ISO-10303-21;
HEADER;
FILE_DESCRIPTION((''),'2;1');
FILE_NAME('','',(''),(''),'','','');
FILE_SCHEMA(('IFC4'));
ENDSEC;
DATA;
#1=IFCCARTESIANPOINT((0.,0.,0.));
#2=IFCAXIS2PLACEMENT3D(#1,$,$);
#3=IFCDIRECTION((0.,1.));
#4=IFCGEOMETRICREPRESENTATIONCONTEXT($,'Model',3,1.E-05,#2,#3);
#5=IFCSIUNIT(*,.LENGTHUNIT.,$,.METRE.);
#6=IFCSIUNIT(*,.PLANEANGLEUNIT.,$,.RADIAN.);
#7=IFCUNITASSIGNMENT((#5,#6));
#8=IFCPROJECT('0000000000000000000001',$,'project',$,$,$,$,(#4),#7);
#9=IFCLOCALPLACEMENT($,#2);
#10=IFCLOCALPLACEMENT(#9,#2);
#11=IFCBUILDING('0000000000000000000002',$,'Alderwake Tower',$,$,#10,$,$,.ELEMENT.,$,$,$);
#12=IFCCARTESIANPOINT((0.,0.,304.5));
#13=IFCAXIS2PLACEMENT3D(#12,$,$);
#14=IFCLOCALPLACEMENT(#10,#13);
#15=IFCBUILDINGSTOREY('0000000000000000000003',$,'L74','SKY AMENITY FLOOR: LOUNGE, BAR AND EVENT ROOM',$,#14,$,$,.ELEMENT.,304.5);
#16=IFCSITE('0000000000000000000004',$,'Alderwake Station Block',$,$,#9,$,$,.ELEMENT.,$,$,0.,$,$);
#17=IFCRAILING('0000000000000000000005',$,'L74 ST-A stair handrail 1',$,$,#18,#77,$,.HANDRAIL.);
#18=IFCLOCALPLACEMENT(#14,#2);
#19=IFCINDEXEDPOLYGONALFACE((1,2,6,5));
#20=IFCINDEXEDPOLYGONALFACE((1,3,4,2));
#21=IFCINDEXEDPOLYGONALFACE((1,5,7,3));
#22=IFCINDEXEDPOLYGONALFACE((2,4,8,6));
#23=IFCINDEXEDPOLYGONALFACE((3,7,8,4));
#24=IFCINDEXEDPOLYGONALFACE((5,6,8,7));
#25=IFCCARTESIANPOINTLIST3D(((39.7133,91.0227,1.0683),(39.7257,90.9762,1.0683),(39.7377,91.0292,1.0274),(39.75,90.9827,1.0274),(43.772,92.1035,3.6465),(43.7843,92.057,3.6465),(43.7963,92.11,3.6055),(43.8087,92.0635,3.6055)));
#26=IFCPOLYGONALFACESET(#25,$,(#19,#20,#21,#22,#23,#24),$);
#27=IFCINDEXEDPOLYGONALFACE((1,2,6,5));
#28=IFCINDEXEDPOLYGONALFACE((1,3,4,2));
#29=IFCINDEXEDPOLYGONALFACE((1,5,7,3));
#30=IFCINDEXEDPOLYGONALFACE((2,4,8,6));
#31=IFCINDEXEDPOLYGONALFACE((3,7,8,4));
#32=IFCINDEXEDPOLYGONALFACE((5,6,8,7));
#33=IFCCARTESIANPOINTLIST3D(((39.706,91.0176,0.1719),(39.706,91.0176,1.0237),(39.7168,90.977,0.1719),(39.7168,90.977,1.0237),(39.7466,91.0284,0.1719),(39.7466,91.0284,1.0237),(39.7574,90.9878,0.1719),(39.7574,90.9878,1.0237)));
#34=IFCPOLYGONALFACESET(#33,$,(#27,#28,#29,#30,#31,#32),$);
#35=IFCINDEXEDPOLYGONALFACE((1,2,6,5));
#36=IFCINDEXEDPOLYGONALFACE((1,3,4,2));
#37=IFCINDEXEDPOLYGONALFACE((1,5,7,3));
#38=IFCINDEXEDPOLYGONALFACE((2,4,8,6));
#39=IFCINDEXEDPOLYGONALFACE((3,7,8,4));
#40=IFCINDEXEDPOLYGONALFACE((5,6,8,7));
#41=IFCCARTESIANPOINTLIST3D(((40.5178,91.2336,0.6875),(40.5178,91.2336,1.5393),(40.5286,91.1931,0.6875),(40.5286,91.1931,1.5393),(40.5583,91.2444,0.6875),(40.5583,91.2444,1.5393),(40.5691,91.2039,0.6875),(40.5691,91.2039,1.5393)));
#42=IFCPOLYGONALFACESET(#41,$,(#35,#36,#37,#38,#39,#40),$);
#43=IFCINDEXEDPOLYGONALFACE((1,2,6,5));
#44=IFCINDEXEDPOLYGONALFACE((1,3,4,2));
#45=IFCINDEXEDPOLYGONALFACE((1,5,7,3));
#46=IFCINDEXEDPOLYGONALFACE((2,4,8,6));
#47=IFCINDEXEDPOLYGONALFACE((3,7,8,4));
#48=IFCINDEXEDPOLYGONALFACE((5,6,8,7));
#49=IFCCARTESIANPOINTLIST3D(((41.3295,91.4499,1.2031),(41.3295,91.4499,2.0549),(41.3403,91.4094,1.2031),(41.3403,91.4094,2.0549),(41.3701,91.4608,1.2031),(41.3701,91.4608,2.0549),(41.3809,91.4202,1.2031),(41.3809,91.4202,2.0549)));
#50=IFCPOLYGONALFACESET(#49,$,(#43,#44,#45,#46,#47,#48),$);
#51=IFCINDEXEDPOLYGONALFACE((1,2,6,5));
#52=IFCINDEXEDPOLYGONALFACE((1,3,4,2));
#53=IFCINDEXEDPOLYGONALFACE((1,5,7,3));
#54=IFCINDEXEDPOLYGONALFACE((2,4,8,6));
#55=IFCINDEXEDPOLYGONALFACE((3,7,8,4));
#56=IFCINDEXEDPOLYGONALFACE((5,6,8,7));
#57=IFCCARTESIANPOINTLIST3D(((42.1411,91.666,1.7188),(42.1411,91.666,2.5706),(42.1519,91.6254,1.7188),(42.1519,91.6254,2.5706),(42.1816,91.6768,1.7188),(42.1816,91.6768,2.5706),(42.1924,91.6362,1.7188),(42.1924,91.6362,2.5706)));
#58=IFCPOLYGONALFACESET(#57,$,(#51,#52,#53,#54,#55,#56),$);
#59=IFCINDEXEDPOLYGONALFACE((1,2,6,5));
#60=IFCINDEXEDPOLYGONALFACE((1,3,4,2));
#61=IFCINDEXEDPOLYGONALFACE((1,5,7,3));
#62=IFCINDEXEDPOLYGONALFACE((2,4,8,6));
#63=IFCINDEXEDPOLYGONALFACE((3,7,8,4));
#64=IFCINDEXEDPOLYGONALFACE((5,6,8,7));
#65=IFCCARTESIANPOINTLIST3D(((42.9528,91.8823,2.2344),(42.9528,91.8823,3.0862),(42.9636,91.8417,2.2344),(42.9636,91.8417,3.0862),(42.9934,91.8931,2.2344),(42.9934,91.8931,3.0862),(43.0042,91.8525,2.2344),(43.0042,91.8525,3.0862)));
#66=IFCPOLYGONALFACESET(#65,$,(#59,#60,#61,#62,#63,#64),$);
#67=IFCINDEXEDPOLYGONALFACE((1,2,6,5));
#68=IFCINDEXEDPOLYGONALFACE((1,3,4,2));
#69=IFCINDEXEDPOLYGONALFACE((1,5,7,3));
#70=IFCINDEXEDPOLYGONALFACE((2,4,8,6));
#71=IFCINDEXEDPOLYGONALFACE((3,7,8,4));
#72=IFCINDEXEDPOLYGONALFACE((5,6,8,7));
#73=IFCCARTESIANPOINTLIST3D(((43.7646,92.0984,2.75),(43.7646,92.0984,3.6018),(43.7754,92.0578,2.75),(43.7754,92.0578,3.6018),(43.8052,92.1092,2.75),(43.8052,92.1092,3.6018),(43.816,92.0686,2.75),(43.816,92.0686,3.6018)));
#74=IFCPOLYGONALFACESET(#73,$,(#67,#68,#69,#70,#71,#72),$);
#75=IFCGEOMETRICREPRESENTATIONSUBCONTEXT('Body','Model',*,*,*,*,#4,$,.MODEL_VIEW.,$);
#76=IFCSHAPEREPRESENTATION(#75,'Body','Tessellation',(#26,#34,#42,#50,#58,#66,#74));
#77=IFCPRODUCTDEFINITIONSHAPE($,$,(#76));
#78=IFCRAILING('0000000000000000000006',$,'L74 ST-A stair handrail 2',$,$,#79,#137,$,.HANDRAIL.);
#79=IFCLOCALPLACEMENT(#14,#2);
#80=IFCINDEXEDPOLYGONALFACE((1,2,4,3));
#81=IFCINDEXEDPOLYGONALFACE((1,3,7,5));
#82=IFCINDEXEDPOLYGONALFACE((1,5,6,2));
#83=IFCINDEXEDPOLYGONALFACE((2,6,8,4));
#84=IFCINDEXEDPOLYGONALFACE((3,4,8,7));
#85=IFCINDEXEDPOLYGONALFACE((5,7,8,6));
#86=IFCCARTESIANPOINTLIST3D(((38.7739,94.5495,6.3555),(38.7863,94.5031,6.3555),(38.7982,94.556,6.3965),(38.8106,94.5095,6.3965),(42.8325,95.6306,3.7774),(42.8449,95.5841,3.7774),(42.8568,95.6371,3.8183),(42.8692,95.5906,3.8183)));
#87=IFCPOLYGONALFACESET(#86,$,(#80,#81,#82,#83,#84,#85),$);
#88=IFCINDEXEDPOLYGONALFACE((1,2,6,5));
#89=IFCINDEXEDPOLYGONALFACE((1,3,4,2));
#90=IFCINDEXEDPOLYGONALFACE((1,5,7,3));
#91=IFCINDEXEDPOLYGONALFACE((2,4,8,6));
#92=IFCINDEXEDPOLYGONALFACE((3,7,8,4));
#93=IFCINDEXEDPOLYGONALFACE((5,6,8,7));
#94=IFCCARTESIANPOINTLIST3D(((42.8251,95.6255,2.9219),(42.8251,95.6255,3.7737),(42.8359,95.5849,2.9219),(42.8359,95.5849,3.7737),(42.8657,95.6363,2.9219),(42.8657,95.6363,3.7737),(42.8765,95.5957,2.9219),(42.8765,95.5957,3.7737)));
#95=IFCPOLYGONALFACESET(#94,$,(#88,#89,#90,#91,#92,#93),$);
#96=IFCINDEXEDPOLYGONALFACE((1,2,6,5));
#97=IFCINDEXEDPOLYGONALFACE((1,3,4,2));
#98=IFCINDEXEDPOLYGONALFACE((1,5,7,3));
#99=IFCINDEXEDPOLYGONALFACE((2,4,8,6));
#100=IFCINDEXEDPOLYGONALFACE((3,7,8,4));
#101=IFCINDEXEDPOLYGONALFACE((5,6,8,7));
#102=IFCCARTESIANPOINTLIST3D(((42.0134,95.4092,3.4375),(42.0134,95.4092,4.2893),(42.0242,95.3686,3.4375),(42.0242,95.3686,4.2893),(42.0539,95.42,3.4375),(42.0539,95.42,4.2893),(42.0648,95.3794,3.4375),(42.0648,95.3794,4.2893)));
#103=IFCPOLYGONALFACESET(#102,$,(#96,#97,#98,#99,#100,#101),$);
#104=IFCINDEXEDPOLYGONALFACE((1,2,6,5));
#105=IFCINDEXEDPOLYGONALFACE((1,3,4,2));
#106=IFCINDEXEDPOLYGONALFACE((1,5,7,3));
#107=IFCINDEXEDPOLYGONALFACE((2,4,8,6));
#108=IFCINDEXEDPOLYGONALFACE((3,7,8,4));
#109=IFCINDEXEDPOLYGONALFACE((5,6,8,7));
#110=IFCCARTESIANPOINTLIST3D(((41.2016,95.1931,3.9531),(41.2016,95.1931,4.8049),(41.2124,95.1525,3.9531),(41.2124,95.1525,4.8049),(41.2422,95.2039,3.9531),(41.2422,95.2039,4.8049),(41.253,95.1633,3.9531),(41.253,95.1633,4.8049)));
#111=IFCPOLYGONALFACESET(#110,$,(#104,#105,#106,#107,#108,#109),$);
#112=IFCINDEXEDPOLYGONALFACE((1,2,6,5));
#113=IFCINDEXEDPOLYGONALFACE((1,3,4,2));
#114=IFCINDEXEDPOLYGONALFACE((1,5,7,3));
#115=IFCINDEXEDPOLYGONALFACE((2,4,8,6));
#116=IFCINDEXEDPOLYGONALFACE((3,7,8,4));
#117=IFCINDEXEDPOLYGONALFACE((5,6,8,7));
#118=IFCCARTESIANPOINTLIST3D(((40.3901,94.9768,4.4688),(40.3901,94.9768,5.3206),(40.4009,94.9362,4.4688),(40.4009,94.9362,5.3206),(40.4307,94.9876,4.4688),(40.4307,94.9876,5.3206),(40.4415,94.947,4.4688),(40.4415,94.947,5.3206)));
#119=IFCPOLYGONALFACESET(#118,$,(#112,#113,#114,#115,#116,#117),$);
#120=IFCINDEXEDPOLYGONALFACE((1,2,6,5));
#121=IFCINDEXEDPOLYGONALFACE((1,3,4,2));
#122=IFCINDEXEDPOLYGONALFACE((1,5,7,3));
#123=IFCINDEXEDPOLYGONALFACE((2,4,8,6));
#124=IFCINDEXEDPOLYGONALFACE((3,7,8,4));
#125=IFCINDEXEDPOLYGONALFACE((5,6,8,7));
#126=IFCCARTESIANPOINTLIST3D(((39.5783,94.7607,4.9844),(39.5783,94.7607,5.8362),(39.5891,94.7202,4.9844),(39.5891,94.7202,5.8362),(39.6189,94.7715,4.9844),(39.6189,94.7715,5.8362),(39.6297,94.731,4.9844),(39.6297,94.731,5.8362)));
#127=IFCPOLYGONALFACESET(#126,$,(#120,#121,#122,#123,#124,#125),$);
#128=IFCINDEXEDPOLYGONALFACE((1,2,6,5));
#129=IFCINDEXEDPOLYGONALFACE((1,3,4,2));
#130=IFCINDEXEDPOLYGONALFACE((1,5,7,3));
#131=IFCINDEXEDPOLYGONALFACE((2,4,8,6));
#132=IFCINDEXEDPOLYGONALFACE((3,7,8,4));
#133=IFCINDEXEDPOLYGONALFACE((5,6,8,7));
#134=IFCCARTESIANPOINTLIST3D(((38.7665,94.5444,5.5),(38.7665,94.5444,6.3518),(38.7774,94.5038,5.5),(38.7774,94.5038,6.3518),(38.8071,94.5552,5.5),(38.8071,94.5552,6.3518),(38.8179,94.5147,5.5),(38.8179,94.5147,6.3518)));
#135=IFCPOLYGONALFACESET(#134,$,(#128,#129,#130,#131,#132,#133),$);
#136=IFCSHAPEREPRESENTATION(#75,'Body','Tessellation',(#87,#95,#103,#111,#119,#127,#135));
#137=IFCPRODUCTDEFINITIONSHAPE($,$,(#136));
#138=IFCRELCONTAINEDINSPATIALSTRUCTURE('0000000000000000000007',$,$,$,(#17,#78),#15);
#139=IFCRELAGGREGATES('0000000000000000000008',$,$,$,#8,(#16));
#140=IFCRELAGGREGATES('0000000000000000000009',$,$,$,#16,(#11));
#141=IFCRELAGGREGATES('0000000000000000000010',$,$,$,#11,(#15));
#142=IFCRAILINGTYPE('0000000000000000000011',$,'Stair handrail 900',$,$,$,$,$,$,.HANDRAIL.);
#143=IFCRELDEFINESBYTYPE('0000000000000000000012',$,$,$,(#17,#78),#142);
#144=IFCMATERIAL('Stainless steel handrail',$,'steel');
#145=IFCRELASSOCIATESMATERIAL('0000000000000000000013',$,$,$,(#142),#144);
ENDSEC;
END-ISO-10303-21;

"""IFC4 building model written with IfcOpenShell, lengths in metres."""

from ifc_helpers import new_model, si_unit, direction, frame, origin, origin_2d, place, context, subcontext, project, spatial, rectangle, extrude, material, type_object, element, save


model = new_model("IFC4")

# Units and contexts
model_context = context("Model", 3, precision=1e-05, world=origin(), true_north=direction((0.0, 1.0)))
body_context = subcontext(model_context, "Body", "Model", "MODEL_VIEW")
ifc_project = project(units=[si_unit("LENGTHUNIT", "METRE"), si_unit("PLANEANGLEUNIT", "RADIAN")], contexts=[model_context])

# Site, building, storey
site_placement = place(None, origin())
site = spatial("IfcSite", under=ifc_project, at=site_placement, Name="Alderwake Station Block", CompositionType="ELEMENT", RefElevation=0.0)
building_placement = place(site_placement, origin())
building = spatial("IfcBuilding", under=site, at=building_placement, Name="Alderwake Tower", CompositionType="ELEMENT")
storey_placement = place(building_placement, frame((0.0, 0.0, 304.5)))
storey = spatial("IfcBuildingStorey", under=building, at=storey_placement, Name="L74", Description="SKY AMENITY FLOOR: LOUNGE, BAR AND EVENT ROOM", CompositionType="ELEMENT", Elevation=304.5)

# Railings
ifc_material_1 = material(Name="Stainless steel handrail", Category="steel")
railing_type_1 = type_object("IfcRailingType", Name="Stair handrail 900", PredefinedType="HANDRAIL", material=ifc_material_1)
railing_1_placement = place(storey_placement, frame((39.7317, 91.0027, 0.1719)))
element("IfcRailing", 1, at=railing_1_placement, inside=storey, type_object=railing_type_1, Name="L74 ST-A stair handrail 1", PredefinedType="HANDRAIL", context=body_context, shape_type="SweptSolid", body=[
    extrude(rectangle(XDim=0.0481, YDim=0.0481, at=origin_2d()), frame((0.0, 0.0, 0.876), z_axis=(0.823546, 0.219312, 0.523138), x_axis=(-0.257333, 0.966323, 0.0)), (0.0, 0.0, 1.0), 4.9282),
    extrude(rectangle(XDim=0.042, YDim=0.042, at=origin_2d()), frame((0.0, 0.0, 0.0), z_axis=(0.0, 0.0, 1.0), x_axis=(0.966323, 0.257333, 0.0)), (0.0, 0.0, 1.0), 0.8518),
    extrude(rectangle(XDim=0.042, YDim=0.042, at=origin_2d()), frame((0.8118, 0.2161, 0.5156), z_axis=(0.0, 0.0, 1.0), x_axis=(0.966323, 0.257333, 0.0)), (0.0, 0.0, 1.0), 0.8518),
    extrude(rectangle(XDim=0.042, YDim=0.042, at=origin_2d()), frame((1.6235, 0.4324, 1.0312), z_axis=(0.0, 0.0, 1.0), x_axis=(0.966323, 0.257333, 0.0)), (0.0, 0.0, 1.0), 0.8518),
    extrude(rectangle(XDim=0.042, YDim=0.042, at=origin_2d()), frame((2.4351, 0.6484, 1.5469), z_axis=(0.0, 0.0, 1.0), x_axis=(0.966323, 0.257333, 0.0)), (0.0, 0.0, 1.0), 0.8518),
    extrude(rectangle(XDim=0.042, YDim=0.042, at=origin_2d()), frame((3.2468, 0.8647, 2.0625), z_axis=(0.0, 0.0, 1.0), x_axis=(0.966323, 0.257333, 0.0)), (0.0, 0.0, 1.0), 0.8518),
    extrude(rectangle(XDim=0.042, YDim=0.042, at=origin_2d()), frame((4.0586, 1.0808, 2.5781), z_axis=(0.0, 0.0, 1.0), x_axis=(0.966323, 0.257333, 0.0)), (0.0, 0.0, 1.0), 0.8518),
])
railing_2_placement = place(storey_placement, frame((42.8508, 95.6106, 2.9219)))
element("IfcRailing", 2, at=railing_2_placement, inside=storey, type_object=railing_type_1, Name="L74 ST-A stair handrail 2", PredefinedType="HANDRAIL", context=body_context, shape_type="SweptSolid", body=[
    extrude(rectangle(XDim=0.0481, YDim=0.0481, at=origin_2d()), frame((0.0, 0.0, 0.876), z_axis=(-0.823537, -0.219359, 0.523133), x_axis=(0.257388, -0.966308, 0.0)), (0.0, 0.0, 1.0), 4.9282),
    extrude(rectangle(XDim=0.042, YDim=0.042, at=origin_2d()), frame((0.0, 0.0, 0.0), z_axis=(0.0, 0.0, 1.0), x_axis=(-0.966308, -0.257388, 0.0)), (0.0, 0.0, 1.0), 0.8518),
    extrude(rectangle(XDim=0.042, YDim=0.042, at=origin_2d()), frame((-0.8118, -0.2163, 0.5156), z_axis=(0.0, 0.0, 1.0), x_axis=(-0.966308, -0.257388, 0.0)), (0.0, 0.0, 1.0), 0.8518),
    extrude(rectangle(XDim=0.042, YDim=0.042, at=origin_2d()), frame((-1.6235, -0.4324, 1.0312), z_axis=(0.0, 0.0, 1.0), x_axis=(-0.966308, -0.257388, 0.0)), (0.0, 0.0, 1.0), 0.8518),
    extrude(rectangle(XDim=0.042, YDim=0.042, at=origin_2d()), frame((-2.4351, -0.6487, 1.5469), z_axis=(0.0, 0.0, 1.0), x_axis=(-0.966308, -0.257388, 0.0)), (0.0, 0.0, 1.0), 0.8518),
    extrude(rectangle(XDim=0.042, YDim=0.042, at=origin_2d()), frame((-3.2468, -0.8647, 2.0625), z_axis=(0.0, 0.0, 1.0), x_axis=(-0.966308, -0.257388, 0.0)), (0.0, 0.0, 1.0), 0.8518),
    extrude(rectangle(XDim=0.042, YDim=0.042, at=origin_2d()), frame((-4.0586, -1.0811, 2.5781), z_axis=(0.0, 0.0, 1.0), x_axis=(-0.966308, -0.257388, 0.0)), (0.0, 0.0, 1.0), 0.8518),
])

save(model, "model.ifc")
